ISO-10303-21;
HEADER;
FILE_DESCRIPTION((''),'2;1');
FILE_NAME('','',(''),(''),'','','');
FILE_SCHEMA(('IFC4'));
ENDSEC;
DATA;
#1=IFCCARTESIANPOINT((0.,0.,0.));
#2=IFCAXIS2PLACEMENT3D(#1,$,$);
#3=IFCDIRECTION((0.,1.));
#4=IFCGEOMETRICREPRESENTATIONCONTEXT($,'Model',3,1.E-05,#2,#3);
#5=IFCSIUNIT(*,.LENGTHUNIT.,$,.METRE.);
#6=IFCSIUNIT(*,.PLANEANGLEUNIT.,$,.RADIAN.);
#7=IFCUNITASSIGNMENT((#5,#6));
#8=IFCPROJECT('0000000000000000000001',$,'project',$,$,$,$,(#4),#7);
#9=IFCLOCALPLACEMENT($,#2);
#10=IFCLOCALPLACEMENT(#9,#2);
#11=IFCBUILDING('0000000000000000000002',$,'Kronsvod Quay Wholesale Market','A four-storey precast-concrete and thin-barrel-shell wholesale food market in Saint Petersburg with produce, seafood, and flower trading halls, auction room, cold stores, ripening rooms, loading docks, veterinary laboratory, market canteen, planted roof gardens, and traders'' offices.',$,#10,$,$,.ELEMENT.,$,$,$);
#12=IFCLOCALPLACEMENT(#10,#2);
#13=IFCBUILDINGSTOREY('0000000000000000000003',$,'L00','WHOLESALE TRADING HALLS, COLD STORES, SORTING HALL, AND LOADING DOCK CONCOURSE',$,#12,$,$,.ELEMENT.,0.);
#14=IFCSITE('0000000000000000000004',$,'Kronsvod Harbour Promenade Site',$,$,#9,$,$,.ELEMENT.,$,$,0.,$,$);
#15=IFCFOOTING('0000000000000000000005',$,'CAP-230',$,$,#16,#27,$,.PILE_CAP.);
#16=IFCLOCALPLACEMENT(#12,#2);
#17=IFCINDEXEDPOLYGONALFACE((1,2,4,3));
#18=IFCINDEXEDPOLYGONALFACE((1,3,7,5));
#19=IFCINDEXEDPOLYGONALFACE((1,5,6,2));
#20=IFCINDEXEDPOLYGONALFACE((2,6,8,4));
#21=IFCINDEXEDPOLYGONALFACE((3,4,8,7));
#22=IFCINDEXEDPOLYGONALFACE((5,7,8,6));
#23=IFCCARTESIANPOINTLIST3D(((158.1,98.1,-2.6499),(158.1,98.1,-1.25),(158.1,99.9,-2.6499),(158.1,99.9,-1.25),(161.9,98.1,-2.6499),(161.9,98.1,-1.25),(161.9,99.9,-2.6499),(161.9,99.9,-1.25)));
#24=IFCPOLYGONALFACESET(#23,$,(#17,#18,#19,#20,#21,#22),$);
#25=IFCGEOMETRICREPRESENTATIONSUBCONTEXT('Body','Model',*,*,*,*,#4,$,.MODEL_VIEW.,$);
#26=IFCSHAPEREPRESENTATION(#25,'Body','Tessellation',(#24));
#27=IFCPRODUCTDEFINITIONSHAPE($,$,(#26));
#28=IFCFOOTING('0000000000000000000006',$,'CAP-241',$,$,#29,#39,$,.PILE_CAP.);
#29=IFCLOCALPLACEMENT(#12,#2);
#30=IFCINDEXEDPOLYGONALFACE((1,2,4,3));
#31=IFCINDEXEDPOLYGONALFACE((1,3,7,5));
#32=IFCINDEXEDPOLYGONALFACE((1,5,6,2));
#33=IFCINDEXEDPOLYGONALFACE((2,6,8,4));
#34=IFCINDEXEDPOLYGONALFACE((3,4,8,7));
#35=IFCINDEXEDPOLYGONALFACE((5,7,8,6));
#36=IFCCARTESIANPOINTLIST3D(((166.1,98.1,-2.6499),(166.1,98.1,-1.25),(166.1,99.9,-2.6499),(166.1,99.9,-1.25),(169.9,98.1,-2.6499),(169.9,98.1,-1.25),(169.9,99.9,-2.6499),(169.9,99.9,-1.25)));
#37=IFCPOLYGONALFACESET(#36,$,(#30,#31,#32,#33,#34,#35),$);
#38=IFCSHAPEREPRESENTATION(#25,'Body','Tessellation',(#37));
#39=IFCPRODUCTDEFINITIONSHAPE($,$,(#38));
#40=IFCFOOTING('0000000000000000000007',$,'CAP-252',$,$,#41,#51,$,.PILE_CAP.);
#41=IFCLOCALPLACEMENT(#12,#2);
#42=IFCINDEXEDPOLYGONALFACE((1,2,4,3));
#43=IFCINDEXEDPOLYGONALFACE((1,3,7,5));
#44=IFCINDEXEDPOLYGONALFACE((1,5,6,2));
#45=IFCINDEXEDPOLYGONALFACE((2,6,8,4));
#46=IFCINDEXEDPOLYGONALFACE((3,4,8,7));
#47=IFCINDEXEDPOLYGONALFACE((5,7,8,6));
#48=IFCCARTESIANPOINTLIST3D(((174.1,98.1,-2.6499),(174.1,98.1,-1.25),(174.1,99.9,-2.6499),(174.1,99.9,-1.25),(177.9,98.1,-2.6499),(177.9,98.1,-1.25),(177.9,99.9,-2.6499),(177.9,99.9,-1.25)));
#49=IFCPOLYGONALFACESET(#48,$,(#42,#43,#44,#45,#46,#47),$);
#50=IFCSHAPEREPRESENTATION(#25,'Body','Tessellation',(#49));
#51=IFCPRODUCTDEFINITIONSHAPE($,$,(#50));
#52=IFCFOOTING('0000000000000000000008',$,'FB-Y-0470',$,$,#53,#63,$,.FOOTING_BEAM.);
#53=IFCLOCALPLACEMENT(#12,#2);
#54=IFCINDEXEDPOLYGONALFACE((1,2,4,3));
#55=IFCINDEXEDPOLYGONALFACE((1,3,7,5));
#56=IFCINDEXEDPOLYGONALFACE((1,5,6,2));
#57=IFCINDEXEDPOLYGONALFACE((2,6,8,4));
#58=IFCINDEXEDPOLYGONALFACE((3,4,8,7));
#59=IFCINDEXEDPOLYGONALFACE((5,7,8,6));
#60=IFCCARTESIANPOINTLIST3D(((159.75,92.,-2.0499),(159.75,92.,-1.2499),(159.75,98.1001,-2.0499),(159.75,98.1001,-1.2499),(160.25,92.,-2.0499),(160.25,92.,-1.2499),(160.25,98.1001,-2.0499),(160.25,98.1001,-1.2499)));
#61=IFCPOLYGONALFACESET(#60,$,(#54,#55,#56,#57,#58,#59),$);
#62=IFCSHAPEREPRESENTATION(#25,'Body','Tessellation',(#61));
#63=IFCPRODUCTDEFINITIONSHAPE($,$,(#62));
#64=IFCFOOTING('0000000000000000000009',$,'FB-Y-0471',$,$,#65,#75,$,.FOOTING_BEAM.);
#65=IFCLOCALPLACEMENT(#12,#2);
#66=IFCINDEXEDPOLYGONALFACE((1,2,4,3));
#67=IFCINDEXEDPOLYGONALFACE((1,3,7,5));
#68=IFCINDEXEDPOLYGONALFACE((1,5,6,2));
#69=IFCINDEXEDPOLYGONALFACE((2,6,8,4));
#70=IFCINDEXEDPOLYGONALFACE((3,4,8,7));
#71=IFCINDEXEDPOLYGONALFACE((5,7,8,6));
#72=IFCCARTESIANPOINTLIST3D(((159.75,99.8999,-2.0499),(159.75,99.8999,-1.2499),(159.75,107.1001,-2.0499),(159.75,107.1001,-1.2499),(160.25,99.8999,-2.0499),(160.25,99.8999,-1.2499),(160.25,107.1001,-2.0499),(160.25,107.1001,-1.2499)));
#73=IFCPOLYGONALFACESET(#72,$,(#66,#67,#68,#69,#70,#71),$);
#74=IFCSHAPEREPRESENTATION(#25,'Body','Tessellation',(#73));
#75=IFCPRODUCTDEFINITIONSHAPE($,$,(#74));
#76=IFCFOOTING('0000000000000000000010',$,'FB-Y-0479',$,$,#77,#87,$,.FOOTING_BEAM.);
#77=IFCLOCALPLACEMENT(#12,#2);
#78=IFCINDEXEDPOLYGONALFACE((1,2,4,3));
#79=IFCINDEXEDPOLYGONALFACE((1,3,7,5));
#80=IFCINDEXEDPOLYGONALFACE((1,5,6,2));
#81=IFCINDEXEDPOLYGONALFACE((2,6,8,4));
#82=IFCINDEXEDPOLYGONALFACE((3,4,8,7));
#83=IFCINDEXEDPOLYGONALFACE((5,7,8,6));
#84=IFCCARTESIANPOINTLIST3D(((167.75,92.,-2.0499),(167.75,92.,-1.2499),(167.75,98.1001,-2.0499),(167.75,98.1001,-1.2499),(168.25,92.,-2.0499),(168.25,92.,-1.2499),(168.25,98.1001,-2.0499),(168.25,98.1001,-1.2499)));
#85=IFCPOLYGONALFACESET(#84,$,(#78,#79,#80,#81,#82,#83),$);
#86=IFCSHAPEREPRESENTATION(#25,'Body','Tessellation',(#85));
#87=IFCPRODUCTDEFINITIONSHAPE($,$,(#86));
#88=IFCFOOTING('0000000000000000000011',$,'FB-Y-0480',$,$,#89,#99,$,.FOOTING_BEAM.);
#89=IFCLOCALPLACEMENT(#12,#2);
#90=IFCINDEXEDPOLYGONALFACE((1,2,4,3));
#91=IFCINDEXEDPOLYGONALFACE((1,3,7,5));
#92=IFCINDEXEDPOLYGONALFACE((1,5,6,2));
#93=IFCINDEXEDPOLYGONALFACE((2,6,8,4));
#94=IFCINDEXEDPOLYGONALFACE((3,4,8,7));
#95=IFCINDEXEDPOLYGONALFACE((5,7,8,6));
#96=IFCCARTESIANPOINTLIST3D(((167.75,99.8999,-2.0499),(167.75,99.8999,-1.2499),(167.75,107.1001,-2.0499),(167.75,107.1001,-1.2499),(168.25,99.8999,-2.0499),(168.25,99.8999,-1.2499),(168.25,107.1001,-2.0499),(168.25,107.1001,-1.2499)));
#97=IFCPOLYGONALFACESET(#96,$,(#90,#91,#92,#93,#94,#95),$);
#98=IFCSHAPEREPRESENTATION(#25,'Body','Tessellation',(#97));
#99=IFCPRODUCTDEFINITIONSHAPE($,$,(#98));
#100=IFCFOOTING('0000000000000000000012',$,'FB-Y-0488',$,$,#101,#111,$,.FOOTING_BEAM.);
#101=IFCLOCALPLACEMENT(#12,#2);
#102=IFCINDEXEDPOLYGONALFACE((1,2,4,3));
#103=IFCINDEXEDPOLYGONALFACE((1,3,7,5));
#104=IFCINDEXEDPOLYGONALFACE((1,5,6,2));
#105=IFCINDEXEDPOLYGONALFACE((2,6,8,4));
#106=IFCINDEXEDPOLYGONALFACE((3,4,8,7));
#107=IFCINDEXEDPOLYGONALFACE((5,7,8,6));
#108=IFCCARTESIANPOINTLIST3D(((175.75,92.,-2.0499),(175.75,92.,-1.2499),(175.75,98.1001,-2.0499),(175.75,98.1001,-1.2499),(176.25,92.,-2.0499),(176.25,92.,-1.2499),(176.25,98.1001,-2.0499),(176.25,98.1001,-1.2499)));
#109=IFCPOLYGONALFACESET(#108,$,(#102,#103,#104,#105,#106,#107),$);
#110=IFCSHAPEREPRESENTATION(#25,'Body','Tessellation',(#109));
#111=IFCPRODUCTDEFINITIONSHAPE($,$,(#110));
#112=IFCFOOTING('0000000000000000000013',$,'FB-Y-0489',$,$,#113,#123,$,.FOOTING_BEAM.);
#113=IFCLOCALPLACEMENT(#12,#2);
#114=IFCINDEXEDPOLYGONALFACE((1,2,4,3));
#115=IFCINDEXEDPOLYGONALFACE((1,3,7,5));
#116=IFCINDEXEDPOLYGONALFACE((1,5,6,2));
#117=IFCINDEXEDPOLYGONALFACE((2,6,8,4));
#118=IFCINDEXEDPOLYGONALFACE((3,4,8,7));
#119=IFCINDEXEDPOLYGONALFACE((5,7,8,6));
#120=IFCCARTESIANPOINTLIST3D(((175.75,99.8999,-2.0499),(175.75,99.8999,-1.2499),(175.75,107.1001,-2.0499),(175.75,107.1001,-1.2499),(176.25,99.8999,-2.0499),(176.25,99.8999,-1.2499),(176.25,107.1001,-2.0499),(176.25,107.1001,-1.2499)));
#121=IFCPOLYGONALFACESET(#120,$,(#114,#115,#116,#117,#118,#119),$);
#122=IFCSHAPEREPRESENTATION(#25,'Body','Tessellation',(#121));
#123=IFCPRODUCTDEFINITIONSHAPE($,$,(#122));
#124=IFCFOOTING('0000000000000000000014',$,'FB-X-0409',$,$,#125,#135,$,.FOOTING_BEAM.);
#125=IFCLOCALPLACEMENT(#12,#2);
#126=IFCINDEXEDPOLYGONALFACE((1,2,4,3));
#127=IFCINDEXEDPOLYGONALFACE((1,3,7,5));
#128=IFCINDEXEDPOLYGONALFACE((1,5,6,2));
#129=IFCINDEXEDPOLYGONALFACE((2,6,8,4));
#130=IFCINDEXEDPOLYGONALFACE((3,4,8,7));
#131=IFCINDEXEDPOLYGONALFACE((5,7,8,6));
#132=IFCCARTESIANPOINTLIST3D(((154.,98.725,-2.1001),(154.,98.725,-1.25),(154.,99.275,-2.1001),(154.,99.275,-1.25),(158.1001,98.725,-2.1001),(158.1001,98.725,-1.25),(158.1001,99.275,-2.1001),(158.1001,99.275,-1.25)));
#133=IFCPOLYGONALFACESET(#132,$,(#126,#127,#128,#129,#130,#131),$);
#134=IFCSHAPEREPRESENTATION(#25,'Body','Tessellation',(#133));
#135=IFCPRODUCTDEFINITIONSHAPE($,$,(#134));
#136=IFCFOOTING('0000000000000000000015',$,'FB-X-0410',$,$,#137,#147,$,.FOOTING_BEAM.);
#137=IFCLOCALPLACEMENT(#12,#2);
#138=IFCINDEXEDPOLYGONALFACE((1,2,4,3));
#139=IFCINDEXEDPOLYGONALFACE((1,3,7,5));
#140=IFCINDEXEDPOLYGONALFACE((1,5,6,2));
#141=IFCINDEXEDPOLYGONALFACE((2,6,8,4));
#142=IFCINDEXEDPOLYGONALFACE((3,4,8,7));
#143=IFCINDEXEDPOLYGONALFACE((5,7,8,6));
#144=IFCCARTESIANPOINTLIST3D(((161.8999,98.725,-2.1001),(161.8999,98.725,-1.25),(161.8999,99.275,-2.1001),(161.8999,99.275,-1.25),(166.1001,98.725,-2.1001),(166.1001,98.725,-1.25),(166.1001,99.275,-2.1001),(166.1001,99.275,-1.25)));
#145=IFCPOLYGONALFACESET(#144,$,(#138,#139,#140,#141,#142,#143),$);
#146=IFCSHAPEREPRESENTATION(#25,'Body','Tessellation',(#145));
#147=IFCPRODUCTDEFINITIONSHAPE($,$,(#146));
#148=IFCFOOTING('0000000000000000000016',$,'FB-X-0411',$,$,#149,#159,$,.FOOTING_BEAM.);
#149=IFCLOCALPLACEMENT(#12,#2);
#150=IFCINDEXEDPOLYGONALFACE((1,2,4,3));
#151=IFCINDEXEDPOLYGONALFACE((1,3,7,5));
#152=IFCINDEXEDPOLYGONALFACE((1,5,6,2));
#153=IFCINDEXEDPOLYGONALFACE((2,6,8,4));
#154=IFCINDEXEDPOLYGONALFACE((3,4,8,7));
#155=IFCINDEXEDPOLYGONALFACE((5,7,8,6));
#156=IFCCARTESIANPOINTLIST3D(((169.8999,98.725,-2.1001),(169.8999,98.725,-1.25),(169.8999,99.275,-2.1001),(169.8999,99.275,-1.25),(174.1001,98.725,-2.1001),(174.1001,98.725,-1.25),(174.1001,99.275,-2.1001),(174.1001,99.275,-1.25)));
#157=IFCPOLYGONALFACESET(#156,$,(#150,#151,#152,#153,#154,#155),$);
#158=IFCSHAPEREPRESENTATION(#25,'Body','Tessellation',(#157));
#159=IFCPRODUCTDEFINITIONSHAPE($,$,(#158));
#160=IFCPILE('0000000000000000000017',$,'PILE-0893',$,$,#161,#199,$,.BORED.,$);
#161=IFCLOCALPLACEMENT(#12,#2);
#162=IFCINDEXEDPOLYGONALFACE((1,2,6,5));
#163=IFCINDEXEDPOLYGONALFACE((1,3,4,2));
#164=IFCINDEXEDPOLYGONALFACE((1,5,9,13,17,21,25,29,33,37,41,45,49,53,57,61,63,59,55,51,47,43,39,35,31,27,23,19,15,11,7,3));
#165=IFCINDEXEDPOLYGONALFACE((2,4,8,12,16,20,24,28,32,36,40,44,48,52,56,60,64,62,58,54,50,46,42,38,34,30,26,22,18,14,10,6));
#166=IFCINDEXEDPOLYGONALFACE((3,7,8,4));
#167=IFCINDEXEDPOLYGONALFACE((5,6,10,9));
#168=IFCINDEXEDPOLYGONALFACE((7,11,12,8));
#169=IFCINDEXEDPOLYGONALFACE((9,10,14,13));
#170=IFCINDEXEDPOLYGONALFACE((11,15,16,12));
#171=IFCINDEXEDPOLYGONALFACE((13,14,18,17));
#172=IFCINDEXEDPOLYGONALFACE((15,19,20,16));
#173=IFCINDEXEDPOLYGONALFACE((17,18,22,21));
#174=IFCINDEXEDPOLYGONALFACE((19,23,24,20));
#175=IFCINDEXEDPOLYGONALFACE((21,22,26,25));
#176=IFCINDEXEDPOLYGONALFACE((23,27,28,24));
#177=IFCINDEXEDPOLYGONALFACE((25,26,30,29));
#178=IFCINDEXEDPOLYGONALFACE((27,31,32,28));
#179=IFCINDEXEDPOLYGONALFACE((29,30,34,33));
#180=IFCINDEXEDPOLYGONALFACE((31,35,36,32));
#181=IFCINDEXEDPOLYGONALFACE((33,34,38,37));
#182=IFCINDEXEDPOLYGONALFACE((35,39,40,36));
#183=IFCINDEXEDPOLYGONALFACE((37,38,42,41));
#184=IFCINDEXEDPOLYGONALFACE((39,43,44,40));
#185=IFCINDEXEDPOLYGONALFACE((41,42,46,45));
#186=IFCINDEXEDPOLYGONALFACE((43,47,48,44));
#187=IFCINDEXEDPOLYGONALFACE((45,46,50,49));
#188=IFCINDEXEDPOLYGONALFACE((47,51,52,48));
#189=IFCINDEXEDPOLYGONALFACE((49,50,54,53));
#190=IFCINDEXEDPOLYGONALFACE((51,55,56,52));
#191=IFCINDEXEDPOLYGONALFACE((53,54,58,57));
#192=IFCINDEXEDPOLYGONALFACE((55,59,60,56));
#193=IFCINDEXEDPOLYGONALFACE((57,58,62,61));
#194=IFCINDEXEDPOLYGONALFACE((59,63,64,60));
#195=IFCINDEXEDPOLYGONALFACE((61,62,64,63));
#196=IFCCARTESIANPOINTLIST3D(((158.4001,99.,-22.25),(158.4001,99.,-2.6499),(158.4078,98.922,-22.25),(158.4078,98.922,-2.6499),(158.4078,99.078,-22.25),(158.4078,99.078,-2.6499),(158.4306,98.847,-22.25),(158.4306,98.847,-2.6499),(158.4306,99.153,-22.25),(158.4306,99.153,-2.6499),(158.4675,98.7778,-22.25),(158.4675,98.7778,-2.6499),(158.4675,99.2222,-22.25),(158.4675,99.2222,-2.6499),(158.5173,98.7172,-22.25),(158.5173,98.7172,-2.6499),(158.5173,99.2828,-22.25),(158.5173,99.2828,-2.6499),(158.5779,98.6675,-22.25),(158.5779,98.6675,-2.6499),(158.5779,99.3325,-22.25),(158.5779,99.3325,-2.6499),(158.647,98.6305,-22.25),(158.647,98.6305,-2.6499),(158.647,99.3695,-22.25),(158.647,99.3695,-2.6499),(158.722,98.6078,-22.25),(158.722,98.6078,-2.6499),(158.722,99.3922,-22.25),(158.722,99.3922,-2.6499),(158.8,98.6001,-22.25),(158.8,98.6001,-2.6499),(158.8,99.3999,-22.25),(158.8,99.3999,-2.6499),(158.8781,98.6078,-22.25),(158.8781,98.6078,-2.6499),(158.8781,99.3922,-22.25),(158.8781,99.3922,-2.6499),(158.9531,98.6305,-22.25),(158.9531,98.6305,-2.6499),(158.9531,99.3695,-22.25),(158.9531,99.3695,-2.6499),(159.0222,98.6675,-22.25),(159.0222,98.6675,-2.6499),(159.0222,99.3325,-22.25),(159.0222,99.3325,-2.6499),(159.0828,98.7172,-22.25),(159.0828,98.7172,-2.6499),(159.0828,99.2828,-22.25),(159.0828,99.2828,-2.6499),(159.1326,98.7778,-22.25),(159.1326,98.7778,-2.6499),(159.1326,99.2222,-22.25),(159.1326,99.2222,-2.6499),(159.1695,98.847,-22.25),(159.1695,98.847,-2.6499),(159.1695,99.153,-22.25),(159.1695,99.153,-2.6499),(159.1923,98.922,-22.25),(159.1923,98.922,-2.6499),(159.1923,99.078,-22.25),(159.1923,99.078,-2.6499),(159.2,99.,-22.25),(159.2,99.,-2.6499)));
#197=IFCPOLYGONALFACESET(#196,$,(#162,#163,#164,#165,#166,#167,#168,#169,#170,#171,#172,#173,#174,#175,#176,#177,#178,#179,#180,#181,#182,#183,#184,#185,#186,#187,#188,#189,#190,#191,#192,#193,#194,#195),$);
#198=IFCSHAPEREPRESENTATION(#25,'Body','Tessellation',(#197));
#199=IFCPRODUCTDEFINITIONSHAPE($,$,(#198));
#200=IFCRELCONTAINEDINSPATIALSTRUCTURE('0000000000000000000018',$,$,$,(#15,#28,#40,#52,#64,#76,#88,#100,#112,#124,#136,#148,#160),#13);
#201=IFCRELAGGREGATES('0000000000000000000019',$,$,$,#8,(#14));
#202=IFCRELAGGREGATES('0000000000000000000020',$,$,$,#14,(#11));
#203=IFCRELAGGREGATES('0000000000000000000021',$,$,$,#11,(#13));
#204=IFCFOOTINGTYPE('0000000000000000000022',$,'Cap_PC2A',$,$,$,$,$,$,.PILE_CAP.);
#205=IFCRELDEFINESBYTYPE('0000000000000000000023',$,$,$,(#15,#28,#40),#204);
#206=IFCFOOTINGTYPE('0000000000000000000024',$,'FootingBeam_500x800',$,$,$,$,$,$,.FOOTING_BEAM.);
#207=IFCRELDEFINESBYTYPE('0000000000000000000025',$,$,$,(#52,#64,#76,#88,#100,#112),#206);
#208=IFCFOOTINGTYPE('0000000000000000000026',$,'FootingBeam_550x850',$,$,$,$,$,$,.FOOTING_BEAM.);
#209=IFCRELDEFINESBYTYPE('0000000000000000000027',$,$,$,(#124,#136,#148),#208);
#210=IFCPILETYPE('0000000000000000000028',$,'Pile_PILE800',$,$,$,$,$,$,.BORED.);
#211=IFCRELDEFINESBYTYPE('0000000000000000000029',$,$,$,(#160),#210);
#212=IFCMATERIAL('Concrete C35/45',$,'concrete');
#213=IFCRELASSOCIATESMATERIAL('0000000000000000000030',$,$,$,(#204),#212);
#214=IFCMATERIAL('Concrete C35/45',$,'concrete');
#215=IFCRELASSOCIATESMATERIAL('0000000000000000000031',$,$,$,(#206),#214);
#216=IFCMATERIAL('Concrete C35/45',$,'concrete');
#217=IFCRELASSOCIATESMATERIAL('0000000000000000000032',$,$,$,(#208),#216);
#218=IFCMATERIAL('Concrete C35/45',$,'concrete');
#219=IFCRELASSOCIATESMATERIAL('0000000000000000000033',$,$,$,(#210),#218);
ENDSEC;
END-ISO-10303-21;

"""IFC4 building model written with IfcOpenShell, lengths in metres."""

from ifc_helpers import new_model, si_unit, direction, frame, origin, origin_2d, place, context, subcontext, project, spatial, rectangle, circle, extrude, material, material_profile, profile_set, type_object, element, save


model = new_model("IFC4")

# Units and contexts
model_context = context("Model", 3, precision=1e-05, world=origin(), true_north=direction((0.0, 1.0)))
body_context = subcontext(model_context, "Body", "Model", "MODEL_VIEW")
ifc_project = project(units=[si_unit("LENGTHUNIT", "METRE"), si_unit("PLANEANGLEUNIT", "RADIAN")], contexts=[model_context])

# Site, building, storey
site_placement = place(None, origin())
site = spatial("IfcSite", under=ifc_project, at=site_placement, Name="Kronsvod Harbour Promenade Site", CompositionType="ELEMENT", RefElevation=0.0)
building_placement = place(site_placement, origin())
building = spatial("IfcBuilding", under=site, at=building_placement, Name="Kronsvod Quay Wholesale Market", Description="A four-storey precast-concrete and thin-barrel-shell wholesale food market in Saint Petersburg with produce, seafood, and flower trading halls, auction room, cold stores, ripening rooms, loading docks, veterinary laboratory, market canteen, planted roof gardens, and traders' offices.", CompositionType="ELEMENT")
storey_placement = place(building_placement, origin())
storey = spatial("IfcBuildingStorey", under=building, at=storey_placement, Name="L00", Description="WHOLESALE TRADING HALLS, COLD STORES, SORTING HALL, AND LOADING DOCK CONCOURSE", CompositionType="ELEMENT", Elevation=0.0)

# Footings
ifc_material_1 = material(Name="Concrete C35/45", Category="concrete")
footing_type_1 = type_object("IfcFootingType", Name="Cap_PC2A", PredefinedType="PILE_CAP", material=ifc_material_1)
for number, where, z_axis, x_axis, name in (
    (1, (160.0, 99.0, -2.6499), (0.0, 0.0, 1.0), (1.0, 0.0, 0.0), "CAP-230"),
    (2, (168.0, 99.0, -2.6499), (0.0, 0.0, 1.0), (1.0, 0.0, 0.0), "CAP-241"),
    (3, (176.0, 99.0, -2.6499), (0.0, 0.0, 1.0), (1.0, 0.0, 0.0), "CAP-252"),
):
    element("IfcFooting", number, at=place(storey_placement, frame(where, z_axis=z_axis, x_axis=x_axis)), inside=storey, type_object=footing_type_1, Name=name, PredefinedType="PILE_CAP", context=body_context, shape_type="SweptSolid", body=[
        extrude(rectangle(XDim=3.8, YDim=1.8, at=origin_2d()), origin(), (0.0, 0.0, 1.0), 1.3999),
    ])
ifc_material_2 = material(Name="Concrete C35/45", Category="concrete")
ifc_material_profile_1 = material_profile(ifc_material_2, rectangle(XDim=0.5, YDim=0.8, at=origin_2d()), Name="FB-01")
ifc_profile_set_1 = profile_set([ifc_material_profile_1], Name="Concrete C35/45")
footing_type_2 = type_object("IfcFootingType", Name="FootingBeam_500x800", PredefinedType="FOOTING_BEAM", material=ifc_profile_set_1)
footing_1_placement = place(storey_placement, frame((160.0, 92.0, -1.6499), z_axis=(0.0, 1.0, 0.0), x_axis=(-1.0, 0.0, 0.0)))
element("IfcFooting", 4, at=footing_1_placement, inside=storey, type_object=footing_type_2, Name="FB-Y-0470", PredefinedType="FOOTING_BEAM", context=body_context, shape_type="SweptSolid", body=[
    extrude(rectangle(XDim=0.5, YDim=0.8, at=origin_2d()), origin(), (0.0, 0.0, 1.0), 6.1001),
])
footing_2_placement = place(storey_placement, frame((160.0, 99.8999, -1.6499), z_axis=(0.0, 1.0, 0.0), x_axis=(-1.0, 0.0, 0.0)))
element("IfcFooting", 5, at=footing_2_placement, inside=storey, type_object=footing_type_2, Name="FB-Y-0471", PredefinedType="FOOTING_BEAM", context=body_context, shape_type="SweptSolid", body=[
    extrude(rectangle(XDim=0.5, YDim=0.8, at=origin_2d()), origin(), (0.0, 0.0, 1.0), 7.2002),
])
footing_3_placement = place(storey_placement, frame((168.0, 92.0, -1.6499), z_axis=(0.0, 1.0, 0.0), x_axis=(-1.0, 0.0, 0.0)))
element("IfcFooting", 6, at=footing_3_placement, inside=storey, type_object=footing_type_2, Name="FB-Y-0479", PredefinedType="FOOTING_BEAM", context=body_context, shape_type="SweptSolid", body=[
    extrude(rectangle(XDim=0.5, YDim=0.8, at=origin_2d()), origin(), (0.0, 0.0, 1.0), 6.1001),
])
footing_4_placement = place(storey_placement, frame((168.0, 99.8999, -1.6499), z_axis=(0.0, 1.0, 0.0), x_axis=(-1.0, 0.0, 0.0)))
element("IfcFooting", 7, at=footing_4_placement, inside=storey, type_object=footing_type_2, Name="FB-Y-0480", PredefinedType="FOOTING_BEAM", context=body_context, shape_type="SweptSolid", body=[
    extrude(rectangle(XDim=0.5, YDim=0.8, at=origin_2d()), origin(), (0.0, 0.0, 1.0), 7.2002),
])
footing_5_placement = place(storey_placement, frame((176.0, 92.0, -1.6499), z_axis=(0.0, 1.0, 0.0), x_axis=(-1.0, 0.0, 0.0)))
element("IfcFooting", 8, at=footing_5_placement, inside=storey, type_object=footing_type_2, Name="FB-Y-0488", PredefinedType="FOOTING_BEAM", context=body_context, shape_type="SweptSolid", body=[
    extrude(rectangle(XDim=0.5, YDim=0.8, at=origin_2d()), origin(), (0.0, 0.0, 1.0), 6.1001),
])
footing_6_placement = place(storey_placement, frame((176.0, 99.8999, -1.6499), z_axis=(0.0, 1.0, 0.0), x_axis=(-1.0, 0.0, 0.0)))
element("IfcFooting", 9, at=footing_6_placement, inside=storey, type_object=footing_type_2, Name="FB-Y-0489", PredefinedType="FOOTING_BEAM", context=body_context, shape_type="SweptSolid", body=[
    extrude(rectangle(XDim=0.5, YDim=0.8, at=origin_2d()), origin(), (0.0, 0.0, 1.0), 7.2002),
])
ifc_material_3 = material(Name="Concrete C35/45", Category="concrete")
ifc_material_profile_2 = material_profile(ifc_material_3, rectangle(XDim=0.55, YDim=0.8501, at=origin_2d()), Name="FB-03")
ifc_profile_set_2 = profile_set([ifc_material_profile_2], Name="Concrete C35/45")
footing_type_3 = type_object("IfcFootingType", Name="FootingBeam_550x850", PredefinedType="FOOTING_BEAM", material=ifc_profile_set_2)
footing_7_placement = place(storey_placement, frame((154.0, 99.0, -1.675), z_axis=(1.0, 0.0, 0.0), x_axis=(0.0, 1.0, 0.0)))
element("IfcFooting", 10, at=footing_7_placement, inside=storey, type_object=footing_type_3, Name="FB-X-0409", PredefinedType="FOOTING_BEAM", context=body_context, shape_type="SweptSolid", body=[
    extrude(rectangle(XDim=0.55, YDim=0.8501, at=origin_2d()), origin(), (0.0, 0.0, 1.0), 4.1001),
])
for number, where, z_axis, x_axis, name in (
    (11, (161.8999, 99.0, -1.675), (1.0, 0.0, 0.0), (0.0, 1.0, 0.0), "FB-X-0410"),
    (12, (169.8999, 99.0, -1.675), (1.0, 0.0, 0.0), (0.0, 1.0, 0.0), "FB-X-0411"),
):
    element("IfcFooting", number, at=place(storey_placement, frame(where, z_axis=z_axis, x_axis=x_axis)), inside=storey, type_object=footing_type_3, Name=name, PredefinedType="FOOTING_BEAM", context=body_context, shape_type="SweptSolid", body=[
        extrude(rectangle(XDim=0.55, YDim=0.8501, at=origin_2d()), origin(), (0.0, 0.0, 1.0), 4.2002),
    ])

# Pile
ifc_material_4 = material(Name="Concrete C35/45", Category="concrete")
ifc_material_profile_3 = material_profile(ifc_material_4, circle(Radius=0.3999, at=origin_2d()), Name="PILE800")
ifc_profile_set_3 = profile_set([ifc_material_profile_3], Name="Concrete C35/45")
pile_type_1 = type_object("IfcPileType", Name="Pile_PILE800", PredefinedType="BORED", material=ifc_profile_set_3)
for number, where, z_axis, x_axis, name in (
    (13, (158.8, 99.0, -2.6499), (0.0, 0.0, -1.0), (1.0, 0.0, 0.0), "PILE-0893"),
):
    element("IfcPile", number, at=place(storey_placement, frame(where, z_axis=z_axis, x_axis=x_axis)), inside=storey, type_object=pile_type_1, Name=name, PredefinedType="BORED", context=body_context, shape_type="SweptSolid", body=[
        extrude(circle(Radius=0.3999, at=origin_2d()), origin(), (0.0, 0.0, 1.0), 19.6001),
    ])

save(model, "model.ifc")
